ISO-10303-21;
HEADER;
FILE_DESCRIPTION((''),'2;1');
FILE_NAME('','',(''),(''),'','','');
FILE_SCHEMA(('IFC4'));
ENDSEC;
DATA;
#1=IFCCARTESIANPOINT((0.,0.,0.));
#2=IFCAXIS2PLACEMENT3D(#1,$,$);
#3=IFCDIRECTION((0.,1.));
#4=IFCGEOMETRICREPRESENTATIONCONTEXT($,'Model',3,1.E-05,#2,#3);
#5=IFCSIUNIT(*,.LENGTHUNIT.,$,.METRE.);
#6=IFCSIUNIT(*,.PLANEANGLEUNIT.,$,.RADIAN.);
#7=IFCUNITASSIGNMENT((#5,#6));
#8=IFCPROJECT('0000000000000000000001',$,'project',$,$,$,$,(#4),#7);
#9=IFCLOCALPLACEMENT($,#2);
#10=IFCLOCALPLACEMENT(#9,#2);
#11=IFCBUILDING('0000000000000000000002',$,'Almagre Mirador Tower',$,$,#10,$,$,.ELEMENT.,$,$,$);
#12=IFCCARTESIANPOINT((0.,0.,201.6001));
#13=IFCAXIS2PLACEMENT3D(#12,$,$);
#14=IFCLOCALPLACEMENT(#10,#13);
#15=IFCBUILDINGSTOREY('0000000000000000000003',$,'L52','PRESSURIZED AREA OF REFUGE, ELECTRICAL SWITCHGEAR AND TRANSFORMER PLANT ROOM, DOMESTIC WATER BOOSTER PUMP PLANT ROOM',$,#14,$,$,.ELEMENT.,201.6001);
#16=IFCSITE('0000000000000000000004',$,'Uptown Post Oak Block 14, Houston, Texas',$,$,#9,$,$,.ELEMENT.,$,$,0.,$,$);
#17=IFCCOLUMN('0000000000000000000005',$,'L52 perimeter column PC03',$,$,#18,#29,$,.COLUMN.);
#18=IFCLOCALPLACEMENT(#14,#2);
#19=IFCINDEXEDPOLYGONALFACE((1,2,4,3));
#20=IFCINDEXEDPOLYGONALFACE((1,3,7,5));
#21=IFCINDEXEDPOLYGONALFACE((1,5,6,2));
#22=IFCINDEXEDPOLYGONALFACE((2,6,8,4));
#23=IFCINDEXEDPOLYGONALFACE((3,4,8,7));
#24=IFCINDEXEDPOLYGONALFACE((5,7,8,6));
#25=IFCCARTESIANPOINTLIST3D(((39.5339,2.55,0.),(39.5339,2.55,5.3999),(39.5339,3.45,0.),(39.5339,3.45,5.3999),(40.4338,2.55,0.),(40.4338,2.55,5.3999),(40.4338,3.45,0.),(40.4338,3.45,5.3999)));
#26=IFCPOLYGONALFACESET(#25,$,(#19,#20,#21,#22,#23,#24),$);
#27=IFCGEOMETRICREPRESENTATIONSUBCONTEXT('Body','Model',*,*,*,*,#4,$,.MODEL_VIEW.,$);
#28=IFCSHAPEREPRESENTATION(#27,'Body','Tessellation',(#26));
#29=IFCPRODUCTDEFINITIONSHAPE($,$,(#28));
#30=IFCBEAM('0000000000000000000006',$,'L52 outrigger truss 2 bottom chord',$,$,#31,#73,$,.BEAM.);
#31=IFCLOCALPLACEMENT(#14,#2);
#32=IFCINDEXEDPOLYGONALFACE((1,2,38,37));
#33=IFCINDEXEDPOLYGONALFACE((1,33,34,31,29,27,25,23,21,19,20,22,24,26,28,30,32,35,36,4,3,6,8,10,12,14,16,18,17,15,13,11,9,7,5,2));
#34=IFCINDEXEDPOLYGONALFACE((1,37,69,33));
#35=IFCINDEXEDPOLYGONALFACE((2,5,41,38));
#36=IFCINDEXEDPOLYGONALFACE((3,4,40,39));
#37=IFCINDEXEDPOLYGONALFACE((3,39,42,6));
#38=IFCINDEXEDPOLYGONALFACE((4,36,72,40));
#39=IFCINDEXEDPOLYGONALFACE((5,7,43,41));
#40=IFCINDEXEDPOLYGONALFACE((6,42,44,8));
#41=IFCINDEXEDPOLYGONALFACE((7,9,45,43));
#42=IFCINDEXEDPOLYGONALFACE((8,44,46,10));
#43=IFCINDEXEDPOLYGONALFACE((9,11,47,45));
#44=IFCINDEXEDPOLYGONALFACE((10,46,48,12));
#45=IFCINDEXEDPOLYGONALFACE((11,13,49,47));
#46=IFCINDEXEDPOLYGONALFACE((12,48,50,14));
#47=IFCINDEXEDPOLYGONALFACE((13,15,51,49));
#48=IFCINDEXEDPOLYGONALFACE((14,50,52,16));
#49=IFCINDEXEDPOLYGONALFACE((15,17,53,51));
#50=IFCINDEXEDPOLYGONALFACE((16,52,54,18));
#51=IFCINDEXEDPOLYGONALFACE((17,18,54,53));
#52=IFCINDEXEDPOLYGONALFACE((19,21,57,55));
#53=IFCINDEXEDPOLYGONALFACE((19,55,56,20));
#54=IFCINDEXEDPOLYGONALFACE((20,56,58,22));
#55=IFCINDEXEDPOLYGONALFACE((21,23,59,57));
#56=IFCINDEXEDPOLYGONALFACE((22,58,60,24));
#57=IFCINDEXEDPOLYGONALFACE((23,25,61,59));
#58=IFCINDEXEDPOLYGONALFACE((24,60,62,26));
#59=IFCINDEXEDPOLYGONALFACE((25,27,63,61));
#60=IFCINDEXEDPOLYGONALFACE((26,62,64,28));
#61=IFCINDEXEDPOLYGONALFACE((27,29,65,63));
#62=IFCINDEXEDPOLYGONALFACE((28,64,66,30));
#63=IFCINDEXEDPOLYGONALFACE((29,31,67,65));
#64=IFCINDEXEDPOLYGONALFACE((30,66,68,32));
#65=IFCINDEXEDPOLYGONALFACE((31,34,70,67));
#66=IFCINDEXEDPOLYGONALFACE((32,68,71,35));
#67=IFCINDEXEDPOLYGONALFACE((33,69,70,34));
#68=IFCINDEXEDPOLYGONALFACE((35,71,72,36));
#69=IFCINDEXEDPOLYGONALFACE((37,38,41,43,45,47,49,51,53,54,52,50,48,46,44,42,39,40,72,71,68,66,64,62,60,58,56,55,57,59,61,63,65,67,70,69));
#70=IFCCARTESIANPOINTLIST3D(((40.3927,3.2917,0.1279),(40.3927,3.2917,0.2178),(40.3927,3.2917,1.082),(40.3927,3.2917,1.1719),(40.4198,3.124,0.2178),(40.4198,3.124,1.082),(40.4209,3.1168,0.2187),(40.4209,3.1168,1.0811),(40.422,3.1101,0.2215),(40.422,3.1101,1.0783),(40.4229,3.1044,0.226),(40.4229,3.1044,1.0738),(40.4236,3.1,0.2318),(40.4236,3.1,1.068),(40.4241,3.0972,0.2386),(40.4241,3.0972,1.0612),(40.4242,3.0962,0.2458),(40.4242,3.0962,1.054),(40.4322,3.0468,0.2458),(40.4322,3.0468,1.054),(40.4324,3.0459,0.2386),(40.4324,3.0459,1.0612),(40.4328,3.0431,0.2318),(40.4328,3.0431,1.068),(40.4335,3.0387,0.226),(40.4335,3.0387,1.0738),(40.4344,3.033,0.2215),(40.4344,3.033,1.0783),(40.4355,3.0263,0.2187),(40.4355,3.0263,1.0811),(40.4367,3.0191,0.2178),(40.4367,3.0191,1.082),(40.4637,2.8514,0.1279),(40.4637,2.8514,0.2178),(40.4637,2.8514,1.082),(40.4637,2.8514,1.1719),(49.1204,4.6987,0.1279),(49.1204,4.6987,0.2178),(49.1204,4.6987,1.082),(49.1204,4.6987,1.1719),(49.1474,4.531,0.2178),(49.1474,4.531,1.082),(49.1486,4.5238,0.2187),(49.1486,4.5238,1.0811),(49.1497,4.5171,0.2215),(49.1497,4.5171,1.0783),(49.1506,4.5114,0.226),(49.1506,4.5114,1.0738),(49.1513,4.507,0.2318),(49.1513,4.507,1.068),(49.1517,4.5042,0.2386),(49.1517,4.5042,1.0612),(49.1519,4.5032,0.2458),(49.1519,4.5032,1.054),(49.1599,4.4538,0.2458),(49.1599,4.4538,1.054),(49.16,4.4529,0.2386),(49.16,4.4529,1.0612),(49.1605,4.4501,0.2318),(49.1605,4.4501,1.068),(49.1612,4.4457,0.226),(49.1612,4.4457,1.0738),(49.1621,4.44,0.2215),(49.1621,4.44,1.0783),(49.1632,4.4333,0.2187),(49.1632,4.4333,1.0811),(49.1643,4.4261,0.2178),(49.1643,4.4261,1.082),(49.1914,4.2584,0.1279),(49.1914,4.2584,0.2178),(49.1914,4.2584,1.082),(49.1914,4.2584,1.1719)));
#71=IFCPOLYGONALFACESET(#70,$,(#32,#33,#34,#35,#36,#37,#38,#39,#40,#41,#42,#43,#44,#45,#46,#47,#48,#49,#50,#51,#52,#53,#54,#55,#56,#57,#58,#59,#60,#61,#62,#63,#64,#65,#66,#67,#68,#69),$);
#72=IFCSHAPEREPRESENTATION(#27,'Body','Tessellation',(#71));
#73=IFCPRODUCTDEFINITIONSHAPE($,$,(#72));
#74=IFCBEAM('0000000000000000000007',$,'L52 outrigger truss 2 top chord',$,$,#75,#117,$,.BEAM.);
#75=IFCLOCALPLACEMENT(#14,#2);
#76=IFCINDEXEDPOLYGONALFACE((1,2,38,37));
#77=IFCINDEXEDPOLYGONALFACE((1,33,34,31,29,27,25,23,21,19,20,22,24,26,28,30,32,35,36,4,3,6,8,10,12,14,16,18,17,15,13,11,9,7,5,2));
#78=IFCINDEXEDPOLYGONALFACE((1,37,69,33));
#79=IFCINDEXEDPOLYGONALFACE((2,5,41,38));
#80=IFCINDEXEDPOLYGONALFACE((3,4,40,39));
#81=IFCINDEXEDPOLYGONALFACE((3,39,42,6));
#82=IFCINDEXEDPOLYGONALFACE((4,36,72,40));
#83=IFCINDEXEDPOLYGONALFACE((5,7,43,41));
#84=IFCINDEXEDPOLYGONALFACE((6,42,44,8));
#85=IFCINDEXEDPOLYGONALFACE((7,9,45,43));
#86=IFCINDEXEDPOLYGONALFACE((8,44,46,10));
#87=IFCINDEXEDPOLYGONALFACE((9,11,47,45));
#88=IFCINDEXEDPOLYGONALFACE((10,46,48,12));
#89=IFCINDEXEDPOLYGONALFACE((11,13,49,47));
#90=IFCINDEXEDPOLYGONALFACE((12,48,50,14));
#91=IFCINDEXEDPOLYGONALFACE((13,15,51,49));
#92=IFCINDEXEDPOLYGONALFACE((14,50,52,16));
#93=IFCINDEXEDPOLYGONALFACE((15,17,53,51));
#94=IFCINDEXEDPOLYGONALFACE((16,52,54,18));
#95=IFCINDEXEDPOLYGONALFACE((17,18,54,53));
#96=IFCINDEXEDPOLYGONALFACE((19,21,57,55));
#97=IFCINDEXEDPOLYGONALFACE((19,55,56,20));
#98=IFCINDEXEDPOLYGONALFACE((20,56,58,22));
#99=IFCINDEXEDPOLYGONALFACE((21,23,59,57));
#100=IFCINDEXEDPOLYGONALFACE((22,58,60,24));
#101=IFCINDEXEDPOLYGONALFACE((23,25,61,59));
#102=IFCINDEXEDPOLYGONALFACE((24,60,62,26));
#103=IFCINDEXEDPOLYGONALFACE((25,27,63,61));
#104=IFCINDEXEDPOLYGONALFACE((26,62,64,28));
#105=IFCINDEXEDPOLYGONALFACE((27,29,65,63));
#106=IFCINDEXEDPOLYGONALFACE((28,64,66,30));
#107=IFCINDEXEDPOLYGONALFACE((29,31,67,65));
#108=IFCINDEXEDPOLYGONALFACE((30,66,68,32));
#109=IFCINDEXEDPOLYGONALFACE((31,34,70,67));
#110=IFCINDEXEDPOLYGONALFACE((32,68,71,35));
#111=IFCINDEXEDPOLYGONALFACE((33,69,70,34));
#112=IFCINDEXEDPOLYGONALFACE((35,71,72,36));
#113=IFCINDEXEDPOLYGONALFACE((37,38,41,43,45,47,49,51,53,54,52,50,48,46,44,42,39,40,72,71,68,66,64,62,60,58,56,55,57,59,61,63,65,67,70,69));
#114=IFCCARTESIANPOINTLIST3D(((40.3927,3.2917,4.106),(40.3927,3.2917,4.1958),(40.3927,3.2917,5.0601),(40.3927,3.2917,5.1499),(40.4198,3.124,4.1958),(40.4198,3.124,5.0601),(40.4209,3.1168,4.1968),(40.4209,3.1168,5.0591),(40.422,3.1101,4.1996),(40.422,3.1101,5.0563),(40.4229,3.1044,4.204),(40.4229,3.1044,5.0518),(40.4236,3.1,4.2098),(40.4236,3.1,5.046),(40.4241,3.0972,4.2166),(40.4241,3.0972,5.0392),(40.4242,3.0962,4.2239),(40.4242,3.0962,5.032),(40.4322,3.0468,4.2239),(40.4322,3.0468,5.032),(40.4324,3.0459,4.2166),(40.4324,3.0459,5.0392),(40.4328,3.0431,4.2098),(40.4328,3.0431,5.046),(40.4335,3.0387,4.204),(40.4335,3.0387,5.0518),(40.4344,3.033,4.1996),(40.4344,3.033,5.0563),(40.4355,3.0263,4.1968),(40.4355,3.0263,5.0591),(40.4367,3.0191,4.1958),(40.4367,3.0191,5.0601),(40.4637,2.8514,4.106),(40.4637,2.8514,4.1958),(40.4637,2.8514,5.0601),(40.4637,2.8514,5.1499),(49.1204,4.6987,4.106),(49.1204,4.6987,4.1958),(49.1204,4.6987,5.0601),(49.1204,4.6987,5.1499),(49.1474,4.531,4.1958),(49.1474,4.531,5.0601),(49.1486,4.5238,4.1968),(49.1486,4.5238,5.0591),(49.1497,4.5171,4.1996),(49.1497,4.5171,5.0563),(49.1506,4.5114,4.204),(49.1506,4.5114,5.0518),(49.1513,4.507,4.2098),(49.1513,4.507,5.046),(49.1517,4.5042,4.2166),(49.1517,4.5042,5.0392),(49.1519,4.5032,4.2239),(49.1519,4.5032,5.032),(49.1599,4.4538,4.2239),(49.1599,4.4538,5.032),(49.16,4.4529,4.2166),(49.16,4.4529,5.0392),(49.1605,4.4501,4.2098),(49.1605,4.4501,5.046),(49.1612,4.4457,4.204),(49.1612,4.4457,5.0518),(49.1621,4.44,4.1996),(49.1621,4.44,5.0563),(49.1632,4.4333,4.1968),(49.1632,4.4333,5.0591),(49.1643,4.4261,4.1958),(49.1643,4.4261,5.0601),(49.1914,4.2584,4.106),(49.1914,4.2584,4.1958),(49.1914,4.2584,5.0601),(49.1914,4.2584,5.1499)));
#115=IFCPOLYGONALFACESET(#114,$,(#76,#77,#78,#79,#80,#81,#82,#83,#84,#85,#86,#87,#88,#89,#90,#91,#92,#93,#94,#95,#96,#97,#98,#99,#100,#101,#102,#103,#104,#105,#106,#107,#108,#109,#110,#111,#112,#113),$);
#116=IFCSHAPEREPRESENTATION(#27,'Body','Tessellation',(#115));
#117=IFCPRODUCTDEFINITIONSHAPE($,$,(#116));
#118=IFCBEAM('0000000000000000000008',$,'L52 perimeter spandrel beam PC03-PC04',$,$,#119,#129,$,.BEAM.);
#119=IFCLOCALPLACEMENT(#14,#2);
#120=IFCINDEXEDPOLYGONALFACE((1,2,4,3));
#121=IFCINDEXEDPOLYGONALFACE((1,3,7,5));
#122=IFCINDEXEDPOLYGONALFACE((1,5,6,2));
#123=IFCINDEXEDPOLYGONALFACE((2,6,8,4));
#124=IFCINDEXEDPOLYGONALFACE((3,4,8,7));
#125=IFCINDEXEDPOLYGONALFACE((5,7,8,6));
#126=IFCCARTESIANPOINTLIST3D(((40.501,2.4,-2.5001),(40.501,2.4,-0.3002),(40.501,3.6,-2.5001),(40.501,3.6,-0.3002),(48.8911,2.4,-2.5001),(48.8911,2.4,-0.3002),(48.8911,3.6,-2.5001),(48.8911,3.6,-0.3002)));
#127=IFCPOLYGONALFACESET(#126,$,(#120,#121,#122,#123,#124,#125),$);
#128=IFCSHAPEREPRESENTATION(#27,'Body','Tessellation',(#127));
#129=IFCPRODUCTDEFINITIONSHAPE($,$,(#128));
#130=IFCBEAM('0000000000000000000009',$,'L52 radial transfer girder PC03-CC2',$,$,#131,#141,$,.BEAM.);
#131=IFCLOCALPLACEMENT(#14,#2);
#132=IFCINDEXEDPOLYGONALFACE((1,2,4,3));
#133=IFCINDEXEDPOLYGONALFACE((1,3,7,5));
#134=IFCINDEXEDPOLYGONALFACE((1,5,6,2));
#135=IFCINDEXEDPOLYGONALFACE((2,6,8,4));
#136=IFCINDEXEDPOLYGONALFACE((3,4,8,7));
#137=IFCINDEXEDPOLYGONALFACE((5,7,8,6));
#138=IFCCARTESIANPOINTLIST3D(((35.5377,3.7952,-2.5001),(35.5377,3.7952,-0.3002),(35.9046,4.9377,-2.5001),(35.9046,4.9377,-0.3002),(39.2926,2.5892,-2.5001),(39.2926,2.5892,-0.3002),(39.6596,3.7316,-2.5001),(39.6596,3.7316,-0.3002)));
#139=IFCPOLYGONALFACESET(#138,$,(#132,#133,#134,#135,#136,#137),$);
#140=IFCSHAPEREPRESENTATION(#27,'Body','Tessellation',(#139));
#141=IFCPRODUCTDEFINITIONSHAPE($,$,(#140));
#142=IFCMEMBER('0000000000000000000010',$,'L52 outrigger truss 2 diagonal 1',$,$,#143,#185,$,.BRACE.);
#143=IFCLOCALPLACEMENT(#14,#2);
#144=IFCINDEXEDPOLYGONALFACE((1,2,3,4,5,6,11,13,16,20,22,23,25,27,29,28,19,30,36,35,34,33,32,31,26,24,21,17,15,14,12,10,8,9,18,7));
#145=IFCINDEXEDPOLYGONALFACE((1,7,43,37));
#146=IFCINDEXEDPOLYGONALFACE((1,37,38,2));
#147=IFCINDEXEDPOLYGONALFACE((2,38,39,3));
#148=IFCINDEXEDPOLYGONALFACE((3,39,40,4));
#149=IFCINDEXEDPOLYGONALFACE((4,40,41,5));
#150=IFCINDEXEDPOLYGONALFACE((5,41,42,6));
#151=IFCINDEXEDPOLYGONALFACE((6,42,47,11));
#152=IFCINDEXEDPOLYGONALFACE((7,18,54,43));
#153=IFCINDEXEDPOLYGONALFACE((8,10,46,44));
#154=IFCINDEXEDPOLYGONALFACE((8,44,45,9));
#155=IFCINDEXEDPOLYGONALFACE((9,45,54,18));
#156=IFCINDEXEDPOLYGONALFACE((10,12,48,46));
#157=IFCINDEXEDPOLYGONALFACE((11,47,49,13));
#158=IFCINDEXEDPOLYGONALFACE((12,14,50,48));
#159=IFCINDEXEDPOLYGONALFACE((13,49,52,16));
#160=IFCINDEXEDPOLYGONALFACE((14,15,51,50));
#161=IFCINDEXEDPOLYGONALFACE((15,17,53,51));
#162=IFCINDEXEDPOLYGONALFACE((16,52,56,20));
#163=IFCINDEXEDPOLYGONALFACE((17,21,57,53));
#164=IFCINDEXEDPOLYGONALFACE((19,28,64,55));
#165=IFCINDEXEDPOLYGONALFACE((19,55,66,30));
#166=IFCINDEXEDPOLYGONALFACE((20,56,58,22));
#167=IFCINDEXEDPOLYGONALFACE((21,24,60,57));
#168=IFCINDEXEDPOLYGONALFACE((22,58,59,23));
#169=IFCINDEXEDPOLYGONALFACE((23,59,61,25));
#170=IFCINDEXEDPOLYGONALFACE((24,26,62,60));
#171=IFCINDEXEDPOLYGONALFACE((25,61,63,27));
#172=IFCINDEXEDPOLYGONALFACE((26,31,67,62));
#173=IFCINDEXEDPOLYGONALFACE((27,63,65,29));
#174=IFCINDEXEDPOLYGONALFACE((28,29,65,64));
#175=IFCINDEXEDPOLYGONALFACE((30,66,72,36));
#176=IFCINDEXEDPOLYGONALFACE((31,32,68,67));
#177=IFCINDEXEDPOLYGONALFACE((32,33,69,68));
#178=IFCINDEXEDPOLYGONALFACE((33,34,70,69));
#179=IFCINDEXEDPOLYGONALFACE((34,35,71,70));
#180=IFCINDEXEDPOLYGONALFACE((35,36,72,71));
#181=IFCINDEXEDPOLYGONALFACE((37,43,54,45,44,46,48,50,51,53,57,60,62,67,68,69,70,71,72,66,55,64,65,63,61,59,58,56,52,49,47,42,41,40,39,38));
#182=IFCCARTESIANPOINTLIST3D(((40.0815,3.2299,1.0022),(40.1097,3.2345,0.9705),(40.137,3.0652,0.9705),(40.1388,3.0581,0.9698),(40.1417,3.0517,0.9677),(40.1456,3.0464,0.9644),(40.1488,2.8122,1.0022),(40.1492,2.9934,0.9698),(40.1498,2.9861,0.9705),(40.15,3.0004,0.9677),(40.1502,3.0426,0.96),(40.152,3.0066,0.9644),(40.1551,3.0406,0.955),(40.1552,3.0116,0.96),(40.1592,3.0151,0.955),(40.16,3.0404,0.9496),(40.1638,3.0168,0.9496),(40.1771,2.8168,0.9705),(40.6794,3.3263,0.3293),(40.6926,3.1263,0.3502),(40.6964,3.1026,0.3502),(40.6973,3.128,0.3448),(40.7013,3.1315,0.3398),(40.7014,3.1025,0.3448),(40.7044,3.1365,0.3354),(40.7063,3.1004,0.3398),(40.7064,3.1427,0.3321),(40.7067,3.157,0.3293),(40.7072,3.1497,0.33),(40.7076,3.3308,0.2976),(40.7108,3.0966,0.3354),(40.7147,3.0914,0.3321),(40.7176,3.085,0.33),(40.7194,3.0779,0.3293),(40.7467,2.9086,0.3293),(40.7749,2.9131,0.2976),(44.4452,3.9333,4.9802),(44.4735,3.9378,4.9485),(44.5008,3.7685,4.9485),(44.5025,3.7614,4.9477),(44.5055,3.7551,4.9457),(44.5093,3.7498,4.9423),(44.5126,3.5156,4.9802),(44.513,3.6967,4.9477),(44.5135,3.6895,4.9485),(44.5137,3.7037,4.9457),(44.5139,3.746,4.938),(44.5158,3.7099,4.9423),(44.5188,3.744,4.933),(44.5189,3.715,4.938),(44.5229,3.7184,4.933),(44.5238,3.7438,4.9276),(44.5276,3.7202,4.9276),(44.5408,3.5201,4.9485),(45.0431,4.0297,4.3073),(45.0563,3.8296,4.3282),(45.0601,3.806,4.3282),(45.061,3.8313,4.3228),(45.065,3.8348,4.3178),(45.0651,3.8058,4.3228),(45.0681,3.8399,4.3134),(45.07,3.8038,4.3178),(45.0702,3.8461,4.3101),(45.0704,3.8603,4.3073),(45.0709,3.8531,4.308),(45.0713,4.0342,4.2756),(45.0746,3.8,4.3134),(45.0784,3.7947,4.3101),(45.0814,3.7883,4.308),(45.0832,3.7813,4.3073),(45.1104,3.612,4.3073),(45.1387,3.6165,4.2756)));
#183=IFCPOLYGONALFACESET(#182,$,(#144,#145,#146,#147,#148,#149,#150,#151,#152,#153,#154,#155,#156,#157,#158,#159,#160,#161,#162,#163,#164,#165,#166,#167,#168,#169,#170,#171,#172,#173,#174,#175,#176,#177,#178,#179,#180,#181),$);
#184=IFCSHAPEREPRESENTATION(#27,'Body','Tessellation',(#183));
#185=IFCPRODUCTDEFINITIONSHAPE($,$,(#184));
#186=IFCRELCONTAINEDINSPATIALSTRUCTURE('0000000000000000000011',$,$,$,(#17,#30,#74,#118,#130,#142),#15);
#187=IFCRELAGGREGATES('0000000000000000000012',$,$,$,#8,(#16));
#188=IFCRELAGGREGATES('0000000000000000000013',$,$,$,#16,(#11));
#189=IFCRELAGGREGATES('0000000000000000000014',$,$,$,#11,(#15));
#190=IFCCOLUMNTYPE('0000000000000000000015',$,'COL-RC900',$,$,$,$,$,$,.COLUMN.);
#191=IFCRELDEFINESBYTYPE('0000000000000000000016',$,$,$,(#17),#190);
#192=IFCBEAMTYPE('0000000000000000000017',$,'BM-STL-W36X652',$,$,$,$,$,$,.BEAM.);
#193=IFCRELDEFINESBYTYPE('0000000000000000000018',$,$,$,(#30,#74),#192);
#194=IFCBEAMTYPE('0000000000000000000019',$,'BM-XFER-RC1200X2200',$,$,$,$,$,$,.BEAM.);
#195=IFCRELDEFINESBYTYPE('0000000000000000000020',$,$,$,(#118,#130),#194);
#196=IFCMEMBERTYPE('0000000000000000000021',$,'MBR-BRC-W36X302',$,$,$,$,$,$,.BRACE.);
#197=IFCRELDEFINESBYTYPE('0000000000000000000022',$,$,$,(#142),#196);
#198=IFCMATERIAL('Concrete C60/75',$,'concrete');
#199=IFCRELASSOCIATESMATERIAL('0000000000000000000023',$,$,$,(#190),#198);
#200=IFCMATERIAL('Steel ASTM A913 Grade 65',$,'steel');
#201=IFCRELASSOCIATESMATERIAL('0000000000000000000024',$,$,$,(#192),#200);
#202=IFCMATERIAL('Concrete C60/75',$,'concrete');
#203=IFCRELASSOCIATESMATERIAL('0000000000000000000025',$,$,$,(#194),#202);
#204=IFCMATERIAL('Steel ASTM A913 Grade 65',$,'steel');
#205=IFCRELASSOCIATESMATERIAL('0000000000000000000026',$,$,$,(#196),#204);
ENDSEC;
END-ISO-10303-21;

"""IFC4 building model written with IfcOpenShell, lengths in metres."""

from ifc_helpers import new_model, si_unit, direction, frame, origin, origin_2d, place, context, subcontext, project, spatial, rectangle, i_section, extrude, material, material_profile, profile_set, type_object, element, save


model = new_model("IFC4")

# Units and contexts
model_context = context("Model", 3, precision=1e-05, world=origin(), true_north=direction((0.0, 1.0)))
body_context = subcontext(model_context, "Body", "Model", "MODEL_VIEW")
ifc_project = project(units=[si_unit("LENGTHUNIT", "METRE"), si_unit("PLANEANGLEUNIT", "RADIAN")], contexts=[model_context])

# Site, building, storey
site_placement = place(None, origin())
site = spatial("IfcSite", under=ifc_project, at=site_placement, Name="Uptown Post Oak Block 14, Houston, Texas", CompositionType="ELEMENT", RefElevation=0.0)
building_placement = place(site_placement, origin())
building = spatial("IfcBuilding", under=site, at=building_placement, Name="Almagre Mirador Tower", CompositionType="ELEMENT")
storey_placement = place(building_placement, frame((0.0, 0.0, 201.6001)))
storey = spatial("IfcBuildingStorey", under=building, at=storey_placement, Name="L52", Description="PRESSURIZED AREA OF REFUGE, ELECTRICAL SWITCHGEAR AND TRANSFORMER PLANT ROOM, DOMESTIC WATER BOOSTER PUMP PLANT ROOM", CompositionType="ELEMENT", Elevation=201.6001)

# Column
ifc_material_1 = material(Name="Concrete C60/75", Category="concrete")
ifc_material_profile_1 = material_profile(ifc_material_1, rectangle(XDim=0.8999, YDim=0.8999, at=origin_2d()), Name="RC900X900")
ifc_profile_set_1 = profile_set([ifc_material_profile_1], Name="Concrete C60/75")
column_type = type_object("IfcColumnType", Name="COL-RC900", PredefinedType="COLUMN", material=ifc_profile_set_1)
column_placement = place(storey_placement, frame((39.9839, 3.0, 0.0), z_axis=(0.0, 0.0, 1.0), x_axis=(1.0, 0.0, 0.0)))
element("IfcColumn", 1, at=column_placement, inside=storey, type_object=column_type, Name="L52 perimeter column PC03", PredefinedType="COLUMN", context=body_context, shape_type="SweptSolid", body=[
    extrude(rectangle(XDim=0.8999, YDim=0.8999, at=origin_2d()), origin(), (0.0, 0.0, 1.0), 5.3999),
])

# Beams
ifc_material_2 = material(Name="Steel ASTM A913 Grade 65", Category="steel")
ifc_material_profile_2 = material_profile(ifc_material_2, i_section(OverallWidth=0.446, OverallDepth=1.0439, WebThickness=0.05, FlangeThickness=0.0898, FilletRadius=0.0281, at=origin_2d()), Name="W36X652")
ifc_profile_set_2 = profile_set([ifc_material_profile_2], Name="Steel ASTM A913 Grade 65")
beam_type_1 = type_object("IfcBeamType", Name="BM-STL-W36X652", PredefinedType="BEAM", material=ifc_profile_set_2)
for number, where, z_axis, x_axis, name in (
    (2, (40.4282, 3.0715, 0.6499), (0.987253, 0.159157, 0.0), (-0.159157, 0.987253, 0.0), "L52 outrigger truss 2 bottom chord"),
    (3, (40.4282, 3.0715, 4.6279), (0.987253, 0.159157, 0.0), (-0.159157, 0.987253, 0.0), "L52 outrigger truss 2 top chord"),
):
    element("IfcBeam", number, at=place(storey_placement, frame(where, z_axis=z_axis, x_axis=x_axis)), inside=storey, type_object=beam_type_1, Name=name, PredefinedType="BEAM", context=body_context, shape_type="SweptSolid", body=[
        extrude(i_section(OverallWidth=0.446, OverallDepth=1.0439, WebThickness=0.05, FlangeThickness=0.0898, FilletRadius=0.0281, at=origin_2d()), origin(), (0.0, 0.0, 1.0), 8.8403),
    ])
ifc_material_3 = material(Name="Concrete C60/75", Category="concrete")
ifc_material_profile_3 = material_profile(ifc_material_3, rectangle(XDim=1.2, YDim=2.2, at=origin_2d()), Name="RC1200X2200")
ifc_profile_set_3 = profile_set([ifc_material_profile_3], Name="Concrete C60/75")
beam_type_2 = type_object("IfcBeamType", Name="BM-XFER-RC1200X2200", PredefinedType="BEAM", material=ifc_profile_set_3)
beam_1_placement = place(storey_placement, frame((40.501, 3.0, -1.4001), z_axis=(1.0, 0.0, 0.0), x_axis=(0.0, 1.0, 0.0)))
element("IfcBeam", 4, at=beam_1_placement, inside=storey, type_object=beam_type_2, Name="L52 perimeter spandrel beam PC03-PC04", PredefinedType="BEAM", context=body_context, shape_type="SweptSolid", body=[
    extrude(rectangle(XDim=1.2, YDim=2.2, at=origin_2d()), origin(), (0.0, 0.0, 1.0), 8.3901),
])
beam_2_placement = place(storey_placement, frame((39.4761, 3.1604, -1.4001), z_axis=(-0.952093, 0.305809, 0.0), x_axis=(-0.305809, -0.952093, 0.0)))
element("IfcBeam", 5, at=beam_2_placement, inside=storey, type_object=beam_type_2, Name="L52 radial transfer girder PC03-CC2", PredefinedType="BEAM", context=body_context, shape_type="SweptSolid", body=[
    extrude(rectangle(XDim=1.2, YDim=2.2, at=origin_2d()), origin(), (0.0, 0.0, 1.0), 3.9438),
])

# Member
ifc_material_4 = material(Name="Steel ASTM A913 Grade 65", Category="steel")
ifc_material_profile_4 = material_profile(ifc_material_4, i_section(OverallWidth=0.4231, OverallDepth=0.948, WebThickness=0.0239, FlangeThickness=0.0427, FilletRadius=0.0281, at=origin_2d()), Name="W36X302")
ifc_profile_set_4 = profile_set([ifc_material_profile_4], Name="Steel ASTM A913 Grade 65")
member_type_1 = type_object("IfcMemberType", Name="MBR-BRC-W36X302", PredefinedType="BRACE", material=ifc_profile_set_4)
for number, where, z_axis, x_axis, name in (
    (6, (40.4282, 3.0715, 0.6499), (0.733827, 0.118281, 0.66896), (-0.15913, 0.987258, 0.0), "L52 outrigger truss 2 diagonal 1"),
):
    element("IfcMember", number, at=place(storey_placement, frame(where, z_axis=z_axis, x_axis=x_axis)), inside=storey, type_object=member_type_1, Name=name, PredefinedType="BRACE", context=body_context, shape_type="SweptSolid", body=[
        extrude(i_section(OverallWidth=0.4231, OverallDepth=0.948, WebThickness=0.0239, FlangeThickness=0.0427, FilletRadius=0.0281, at=origin_2d()), origin(), (0.0, 0.0, 1.0), 5.9465),
    ])

save(model, "model.ifc")
